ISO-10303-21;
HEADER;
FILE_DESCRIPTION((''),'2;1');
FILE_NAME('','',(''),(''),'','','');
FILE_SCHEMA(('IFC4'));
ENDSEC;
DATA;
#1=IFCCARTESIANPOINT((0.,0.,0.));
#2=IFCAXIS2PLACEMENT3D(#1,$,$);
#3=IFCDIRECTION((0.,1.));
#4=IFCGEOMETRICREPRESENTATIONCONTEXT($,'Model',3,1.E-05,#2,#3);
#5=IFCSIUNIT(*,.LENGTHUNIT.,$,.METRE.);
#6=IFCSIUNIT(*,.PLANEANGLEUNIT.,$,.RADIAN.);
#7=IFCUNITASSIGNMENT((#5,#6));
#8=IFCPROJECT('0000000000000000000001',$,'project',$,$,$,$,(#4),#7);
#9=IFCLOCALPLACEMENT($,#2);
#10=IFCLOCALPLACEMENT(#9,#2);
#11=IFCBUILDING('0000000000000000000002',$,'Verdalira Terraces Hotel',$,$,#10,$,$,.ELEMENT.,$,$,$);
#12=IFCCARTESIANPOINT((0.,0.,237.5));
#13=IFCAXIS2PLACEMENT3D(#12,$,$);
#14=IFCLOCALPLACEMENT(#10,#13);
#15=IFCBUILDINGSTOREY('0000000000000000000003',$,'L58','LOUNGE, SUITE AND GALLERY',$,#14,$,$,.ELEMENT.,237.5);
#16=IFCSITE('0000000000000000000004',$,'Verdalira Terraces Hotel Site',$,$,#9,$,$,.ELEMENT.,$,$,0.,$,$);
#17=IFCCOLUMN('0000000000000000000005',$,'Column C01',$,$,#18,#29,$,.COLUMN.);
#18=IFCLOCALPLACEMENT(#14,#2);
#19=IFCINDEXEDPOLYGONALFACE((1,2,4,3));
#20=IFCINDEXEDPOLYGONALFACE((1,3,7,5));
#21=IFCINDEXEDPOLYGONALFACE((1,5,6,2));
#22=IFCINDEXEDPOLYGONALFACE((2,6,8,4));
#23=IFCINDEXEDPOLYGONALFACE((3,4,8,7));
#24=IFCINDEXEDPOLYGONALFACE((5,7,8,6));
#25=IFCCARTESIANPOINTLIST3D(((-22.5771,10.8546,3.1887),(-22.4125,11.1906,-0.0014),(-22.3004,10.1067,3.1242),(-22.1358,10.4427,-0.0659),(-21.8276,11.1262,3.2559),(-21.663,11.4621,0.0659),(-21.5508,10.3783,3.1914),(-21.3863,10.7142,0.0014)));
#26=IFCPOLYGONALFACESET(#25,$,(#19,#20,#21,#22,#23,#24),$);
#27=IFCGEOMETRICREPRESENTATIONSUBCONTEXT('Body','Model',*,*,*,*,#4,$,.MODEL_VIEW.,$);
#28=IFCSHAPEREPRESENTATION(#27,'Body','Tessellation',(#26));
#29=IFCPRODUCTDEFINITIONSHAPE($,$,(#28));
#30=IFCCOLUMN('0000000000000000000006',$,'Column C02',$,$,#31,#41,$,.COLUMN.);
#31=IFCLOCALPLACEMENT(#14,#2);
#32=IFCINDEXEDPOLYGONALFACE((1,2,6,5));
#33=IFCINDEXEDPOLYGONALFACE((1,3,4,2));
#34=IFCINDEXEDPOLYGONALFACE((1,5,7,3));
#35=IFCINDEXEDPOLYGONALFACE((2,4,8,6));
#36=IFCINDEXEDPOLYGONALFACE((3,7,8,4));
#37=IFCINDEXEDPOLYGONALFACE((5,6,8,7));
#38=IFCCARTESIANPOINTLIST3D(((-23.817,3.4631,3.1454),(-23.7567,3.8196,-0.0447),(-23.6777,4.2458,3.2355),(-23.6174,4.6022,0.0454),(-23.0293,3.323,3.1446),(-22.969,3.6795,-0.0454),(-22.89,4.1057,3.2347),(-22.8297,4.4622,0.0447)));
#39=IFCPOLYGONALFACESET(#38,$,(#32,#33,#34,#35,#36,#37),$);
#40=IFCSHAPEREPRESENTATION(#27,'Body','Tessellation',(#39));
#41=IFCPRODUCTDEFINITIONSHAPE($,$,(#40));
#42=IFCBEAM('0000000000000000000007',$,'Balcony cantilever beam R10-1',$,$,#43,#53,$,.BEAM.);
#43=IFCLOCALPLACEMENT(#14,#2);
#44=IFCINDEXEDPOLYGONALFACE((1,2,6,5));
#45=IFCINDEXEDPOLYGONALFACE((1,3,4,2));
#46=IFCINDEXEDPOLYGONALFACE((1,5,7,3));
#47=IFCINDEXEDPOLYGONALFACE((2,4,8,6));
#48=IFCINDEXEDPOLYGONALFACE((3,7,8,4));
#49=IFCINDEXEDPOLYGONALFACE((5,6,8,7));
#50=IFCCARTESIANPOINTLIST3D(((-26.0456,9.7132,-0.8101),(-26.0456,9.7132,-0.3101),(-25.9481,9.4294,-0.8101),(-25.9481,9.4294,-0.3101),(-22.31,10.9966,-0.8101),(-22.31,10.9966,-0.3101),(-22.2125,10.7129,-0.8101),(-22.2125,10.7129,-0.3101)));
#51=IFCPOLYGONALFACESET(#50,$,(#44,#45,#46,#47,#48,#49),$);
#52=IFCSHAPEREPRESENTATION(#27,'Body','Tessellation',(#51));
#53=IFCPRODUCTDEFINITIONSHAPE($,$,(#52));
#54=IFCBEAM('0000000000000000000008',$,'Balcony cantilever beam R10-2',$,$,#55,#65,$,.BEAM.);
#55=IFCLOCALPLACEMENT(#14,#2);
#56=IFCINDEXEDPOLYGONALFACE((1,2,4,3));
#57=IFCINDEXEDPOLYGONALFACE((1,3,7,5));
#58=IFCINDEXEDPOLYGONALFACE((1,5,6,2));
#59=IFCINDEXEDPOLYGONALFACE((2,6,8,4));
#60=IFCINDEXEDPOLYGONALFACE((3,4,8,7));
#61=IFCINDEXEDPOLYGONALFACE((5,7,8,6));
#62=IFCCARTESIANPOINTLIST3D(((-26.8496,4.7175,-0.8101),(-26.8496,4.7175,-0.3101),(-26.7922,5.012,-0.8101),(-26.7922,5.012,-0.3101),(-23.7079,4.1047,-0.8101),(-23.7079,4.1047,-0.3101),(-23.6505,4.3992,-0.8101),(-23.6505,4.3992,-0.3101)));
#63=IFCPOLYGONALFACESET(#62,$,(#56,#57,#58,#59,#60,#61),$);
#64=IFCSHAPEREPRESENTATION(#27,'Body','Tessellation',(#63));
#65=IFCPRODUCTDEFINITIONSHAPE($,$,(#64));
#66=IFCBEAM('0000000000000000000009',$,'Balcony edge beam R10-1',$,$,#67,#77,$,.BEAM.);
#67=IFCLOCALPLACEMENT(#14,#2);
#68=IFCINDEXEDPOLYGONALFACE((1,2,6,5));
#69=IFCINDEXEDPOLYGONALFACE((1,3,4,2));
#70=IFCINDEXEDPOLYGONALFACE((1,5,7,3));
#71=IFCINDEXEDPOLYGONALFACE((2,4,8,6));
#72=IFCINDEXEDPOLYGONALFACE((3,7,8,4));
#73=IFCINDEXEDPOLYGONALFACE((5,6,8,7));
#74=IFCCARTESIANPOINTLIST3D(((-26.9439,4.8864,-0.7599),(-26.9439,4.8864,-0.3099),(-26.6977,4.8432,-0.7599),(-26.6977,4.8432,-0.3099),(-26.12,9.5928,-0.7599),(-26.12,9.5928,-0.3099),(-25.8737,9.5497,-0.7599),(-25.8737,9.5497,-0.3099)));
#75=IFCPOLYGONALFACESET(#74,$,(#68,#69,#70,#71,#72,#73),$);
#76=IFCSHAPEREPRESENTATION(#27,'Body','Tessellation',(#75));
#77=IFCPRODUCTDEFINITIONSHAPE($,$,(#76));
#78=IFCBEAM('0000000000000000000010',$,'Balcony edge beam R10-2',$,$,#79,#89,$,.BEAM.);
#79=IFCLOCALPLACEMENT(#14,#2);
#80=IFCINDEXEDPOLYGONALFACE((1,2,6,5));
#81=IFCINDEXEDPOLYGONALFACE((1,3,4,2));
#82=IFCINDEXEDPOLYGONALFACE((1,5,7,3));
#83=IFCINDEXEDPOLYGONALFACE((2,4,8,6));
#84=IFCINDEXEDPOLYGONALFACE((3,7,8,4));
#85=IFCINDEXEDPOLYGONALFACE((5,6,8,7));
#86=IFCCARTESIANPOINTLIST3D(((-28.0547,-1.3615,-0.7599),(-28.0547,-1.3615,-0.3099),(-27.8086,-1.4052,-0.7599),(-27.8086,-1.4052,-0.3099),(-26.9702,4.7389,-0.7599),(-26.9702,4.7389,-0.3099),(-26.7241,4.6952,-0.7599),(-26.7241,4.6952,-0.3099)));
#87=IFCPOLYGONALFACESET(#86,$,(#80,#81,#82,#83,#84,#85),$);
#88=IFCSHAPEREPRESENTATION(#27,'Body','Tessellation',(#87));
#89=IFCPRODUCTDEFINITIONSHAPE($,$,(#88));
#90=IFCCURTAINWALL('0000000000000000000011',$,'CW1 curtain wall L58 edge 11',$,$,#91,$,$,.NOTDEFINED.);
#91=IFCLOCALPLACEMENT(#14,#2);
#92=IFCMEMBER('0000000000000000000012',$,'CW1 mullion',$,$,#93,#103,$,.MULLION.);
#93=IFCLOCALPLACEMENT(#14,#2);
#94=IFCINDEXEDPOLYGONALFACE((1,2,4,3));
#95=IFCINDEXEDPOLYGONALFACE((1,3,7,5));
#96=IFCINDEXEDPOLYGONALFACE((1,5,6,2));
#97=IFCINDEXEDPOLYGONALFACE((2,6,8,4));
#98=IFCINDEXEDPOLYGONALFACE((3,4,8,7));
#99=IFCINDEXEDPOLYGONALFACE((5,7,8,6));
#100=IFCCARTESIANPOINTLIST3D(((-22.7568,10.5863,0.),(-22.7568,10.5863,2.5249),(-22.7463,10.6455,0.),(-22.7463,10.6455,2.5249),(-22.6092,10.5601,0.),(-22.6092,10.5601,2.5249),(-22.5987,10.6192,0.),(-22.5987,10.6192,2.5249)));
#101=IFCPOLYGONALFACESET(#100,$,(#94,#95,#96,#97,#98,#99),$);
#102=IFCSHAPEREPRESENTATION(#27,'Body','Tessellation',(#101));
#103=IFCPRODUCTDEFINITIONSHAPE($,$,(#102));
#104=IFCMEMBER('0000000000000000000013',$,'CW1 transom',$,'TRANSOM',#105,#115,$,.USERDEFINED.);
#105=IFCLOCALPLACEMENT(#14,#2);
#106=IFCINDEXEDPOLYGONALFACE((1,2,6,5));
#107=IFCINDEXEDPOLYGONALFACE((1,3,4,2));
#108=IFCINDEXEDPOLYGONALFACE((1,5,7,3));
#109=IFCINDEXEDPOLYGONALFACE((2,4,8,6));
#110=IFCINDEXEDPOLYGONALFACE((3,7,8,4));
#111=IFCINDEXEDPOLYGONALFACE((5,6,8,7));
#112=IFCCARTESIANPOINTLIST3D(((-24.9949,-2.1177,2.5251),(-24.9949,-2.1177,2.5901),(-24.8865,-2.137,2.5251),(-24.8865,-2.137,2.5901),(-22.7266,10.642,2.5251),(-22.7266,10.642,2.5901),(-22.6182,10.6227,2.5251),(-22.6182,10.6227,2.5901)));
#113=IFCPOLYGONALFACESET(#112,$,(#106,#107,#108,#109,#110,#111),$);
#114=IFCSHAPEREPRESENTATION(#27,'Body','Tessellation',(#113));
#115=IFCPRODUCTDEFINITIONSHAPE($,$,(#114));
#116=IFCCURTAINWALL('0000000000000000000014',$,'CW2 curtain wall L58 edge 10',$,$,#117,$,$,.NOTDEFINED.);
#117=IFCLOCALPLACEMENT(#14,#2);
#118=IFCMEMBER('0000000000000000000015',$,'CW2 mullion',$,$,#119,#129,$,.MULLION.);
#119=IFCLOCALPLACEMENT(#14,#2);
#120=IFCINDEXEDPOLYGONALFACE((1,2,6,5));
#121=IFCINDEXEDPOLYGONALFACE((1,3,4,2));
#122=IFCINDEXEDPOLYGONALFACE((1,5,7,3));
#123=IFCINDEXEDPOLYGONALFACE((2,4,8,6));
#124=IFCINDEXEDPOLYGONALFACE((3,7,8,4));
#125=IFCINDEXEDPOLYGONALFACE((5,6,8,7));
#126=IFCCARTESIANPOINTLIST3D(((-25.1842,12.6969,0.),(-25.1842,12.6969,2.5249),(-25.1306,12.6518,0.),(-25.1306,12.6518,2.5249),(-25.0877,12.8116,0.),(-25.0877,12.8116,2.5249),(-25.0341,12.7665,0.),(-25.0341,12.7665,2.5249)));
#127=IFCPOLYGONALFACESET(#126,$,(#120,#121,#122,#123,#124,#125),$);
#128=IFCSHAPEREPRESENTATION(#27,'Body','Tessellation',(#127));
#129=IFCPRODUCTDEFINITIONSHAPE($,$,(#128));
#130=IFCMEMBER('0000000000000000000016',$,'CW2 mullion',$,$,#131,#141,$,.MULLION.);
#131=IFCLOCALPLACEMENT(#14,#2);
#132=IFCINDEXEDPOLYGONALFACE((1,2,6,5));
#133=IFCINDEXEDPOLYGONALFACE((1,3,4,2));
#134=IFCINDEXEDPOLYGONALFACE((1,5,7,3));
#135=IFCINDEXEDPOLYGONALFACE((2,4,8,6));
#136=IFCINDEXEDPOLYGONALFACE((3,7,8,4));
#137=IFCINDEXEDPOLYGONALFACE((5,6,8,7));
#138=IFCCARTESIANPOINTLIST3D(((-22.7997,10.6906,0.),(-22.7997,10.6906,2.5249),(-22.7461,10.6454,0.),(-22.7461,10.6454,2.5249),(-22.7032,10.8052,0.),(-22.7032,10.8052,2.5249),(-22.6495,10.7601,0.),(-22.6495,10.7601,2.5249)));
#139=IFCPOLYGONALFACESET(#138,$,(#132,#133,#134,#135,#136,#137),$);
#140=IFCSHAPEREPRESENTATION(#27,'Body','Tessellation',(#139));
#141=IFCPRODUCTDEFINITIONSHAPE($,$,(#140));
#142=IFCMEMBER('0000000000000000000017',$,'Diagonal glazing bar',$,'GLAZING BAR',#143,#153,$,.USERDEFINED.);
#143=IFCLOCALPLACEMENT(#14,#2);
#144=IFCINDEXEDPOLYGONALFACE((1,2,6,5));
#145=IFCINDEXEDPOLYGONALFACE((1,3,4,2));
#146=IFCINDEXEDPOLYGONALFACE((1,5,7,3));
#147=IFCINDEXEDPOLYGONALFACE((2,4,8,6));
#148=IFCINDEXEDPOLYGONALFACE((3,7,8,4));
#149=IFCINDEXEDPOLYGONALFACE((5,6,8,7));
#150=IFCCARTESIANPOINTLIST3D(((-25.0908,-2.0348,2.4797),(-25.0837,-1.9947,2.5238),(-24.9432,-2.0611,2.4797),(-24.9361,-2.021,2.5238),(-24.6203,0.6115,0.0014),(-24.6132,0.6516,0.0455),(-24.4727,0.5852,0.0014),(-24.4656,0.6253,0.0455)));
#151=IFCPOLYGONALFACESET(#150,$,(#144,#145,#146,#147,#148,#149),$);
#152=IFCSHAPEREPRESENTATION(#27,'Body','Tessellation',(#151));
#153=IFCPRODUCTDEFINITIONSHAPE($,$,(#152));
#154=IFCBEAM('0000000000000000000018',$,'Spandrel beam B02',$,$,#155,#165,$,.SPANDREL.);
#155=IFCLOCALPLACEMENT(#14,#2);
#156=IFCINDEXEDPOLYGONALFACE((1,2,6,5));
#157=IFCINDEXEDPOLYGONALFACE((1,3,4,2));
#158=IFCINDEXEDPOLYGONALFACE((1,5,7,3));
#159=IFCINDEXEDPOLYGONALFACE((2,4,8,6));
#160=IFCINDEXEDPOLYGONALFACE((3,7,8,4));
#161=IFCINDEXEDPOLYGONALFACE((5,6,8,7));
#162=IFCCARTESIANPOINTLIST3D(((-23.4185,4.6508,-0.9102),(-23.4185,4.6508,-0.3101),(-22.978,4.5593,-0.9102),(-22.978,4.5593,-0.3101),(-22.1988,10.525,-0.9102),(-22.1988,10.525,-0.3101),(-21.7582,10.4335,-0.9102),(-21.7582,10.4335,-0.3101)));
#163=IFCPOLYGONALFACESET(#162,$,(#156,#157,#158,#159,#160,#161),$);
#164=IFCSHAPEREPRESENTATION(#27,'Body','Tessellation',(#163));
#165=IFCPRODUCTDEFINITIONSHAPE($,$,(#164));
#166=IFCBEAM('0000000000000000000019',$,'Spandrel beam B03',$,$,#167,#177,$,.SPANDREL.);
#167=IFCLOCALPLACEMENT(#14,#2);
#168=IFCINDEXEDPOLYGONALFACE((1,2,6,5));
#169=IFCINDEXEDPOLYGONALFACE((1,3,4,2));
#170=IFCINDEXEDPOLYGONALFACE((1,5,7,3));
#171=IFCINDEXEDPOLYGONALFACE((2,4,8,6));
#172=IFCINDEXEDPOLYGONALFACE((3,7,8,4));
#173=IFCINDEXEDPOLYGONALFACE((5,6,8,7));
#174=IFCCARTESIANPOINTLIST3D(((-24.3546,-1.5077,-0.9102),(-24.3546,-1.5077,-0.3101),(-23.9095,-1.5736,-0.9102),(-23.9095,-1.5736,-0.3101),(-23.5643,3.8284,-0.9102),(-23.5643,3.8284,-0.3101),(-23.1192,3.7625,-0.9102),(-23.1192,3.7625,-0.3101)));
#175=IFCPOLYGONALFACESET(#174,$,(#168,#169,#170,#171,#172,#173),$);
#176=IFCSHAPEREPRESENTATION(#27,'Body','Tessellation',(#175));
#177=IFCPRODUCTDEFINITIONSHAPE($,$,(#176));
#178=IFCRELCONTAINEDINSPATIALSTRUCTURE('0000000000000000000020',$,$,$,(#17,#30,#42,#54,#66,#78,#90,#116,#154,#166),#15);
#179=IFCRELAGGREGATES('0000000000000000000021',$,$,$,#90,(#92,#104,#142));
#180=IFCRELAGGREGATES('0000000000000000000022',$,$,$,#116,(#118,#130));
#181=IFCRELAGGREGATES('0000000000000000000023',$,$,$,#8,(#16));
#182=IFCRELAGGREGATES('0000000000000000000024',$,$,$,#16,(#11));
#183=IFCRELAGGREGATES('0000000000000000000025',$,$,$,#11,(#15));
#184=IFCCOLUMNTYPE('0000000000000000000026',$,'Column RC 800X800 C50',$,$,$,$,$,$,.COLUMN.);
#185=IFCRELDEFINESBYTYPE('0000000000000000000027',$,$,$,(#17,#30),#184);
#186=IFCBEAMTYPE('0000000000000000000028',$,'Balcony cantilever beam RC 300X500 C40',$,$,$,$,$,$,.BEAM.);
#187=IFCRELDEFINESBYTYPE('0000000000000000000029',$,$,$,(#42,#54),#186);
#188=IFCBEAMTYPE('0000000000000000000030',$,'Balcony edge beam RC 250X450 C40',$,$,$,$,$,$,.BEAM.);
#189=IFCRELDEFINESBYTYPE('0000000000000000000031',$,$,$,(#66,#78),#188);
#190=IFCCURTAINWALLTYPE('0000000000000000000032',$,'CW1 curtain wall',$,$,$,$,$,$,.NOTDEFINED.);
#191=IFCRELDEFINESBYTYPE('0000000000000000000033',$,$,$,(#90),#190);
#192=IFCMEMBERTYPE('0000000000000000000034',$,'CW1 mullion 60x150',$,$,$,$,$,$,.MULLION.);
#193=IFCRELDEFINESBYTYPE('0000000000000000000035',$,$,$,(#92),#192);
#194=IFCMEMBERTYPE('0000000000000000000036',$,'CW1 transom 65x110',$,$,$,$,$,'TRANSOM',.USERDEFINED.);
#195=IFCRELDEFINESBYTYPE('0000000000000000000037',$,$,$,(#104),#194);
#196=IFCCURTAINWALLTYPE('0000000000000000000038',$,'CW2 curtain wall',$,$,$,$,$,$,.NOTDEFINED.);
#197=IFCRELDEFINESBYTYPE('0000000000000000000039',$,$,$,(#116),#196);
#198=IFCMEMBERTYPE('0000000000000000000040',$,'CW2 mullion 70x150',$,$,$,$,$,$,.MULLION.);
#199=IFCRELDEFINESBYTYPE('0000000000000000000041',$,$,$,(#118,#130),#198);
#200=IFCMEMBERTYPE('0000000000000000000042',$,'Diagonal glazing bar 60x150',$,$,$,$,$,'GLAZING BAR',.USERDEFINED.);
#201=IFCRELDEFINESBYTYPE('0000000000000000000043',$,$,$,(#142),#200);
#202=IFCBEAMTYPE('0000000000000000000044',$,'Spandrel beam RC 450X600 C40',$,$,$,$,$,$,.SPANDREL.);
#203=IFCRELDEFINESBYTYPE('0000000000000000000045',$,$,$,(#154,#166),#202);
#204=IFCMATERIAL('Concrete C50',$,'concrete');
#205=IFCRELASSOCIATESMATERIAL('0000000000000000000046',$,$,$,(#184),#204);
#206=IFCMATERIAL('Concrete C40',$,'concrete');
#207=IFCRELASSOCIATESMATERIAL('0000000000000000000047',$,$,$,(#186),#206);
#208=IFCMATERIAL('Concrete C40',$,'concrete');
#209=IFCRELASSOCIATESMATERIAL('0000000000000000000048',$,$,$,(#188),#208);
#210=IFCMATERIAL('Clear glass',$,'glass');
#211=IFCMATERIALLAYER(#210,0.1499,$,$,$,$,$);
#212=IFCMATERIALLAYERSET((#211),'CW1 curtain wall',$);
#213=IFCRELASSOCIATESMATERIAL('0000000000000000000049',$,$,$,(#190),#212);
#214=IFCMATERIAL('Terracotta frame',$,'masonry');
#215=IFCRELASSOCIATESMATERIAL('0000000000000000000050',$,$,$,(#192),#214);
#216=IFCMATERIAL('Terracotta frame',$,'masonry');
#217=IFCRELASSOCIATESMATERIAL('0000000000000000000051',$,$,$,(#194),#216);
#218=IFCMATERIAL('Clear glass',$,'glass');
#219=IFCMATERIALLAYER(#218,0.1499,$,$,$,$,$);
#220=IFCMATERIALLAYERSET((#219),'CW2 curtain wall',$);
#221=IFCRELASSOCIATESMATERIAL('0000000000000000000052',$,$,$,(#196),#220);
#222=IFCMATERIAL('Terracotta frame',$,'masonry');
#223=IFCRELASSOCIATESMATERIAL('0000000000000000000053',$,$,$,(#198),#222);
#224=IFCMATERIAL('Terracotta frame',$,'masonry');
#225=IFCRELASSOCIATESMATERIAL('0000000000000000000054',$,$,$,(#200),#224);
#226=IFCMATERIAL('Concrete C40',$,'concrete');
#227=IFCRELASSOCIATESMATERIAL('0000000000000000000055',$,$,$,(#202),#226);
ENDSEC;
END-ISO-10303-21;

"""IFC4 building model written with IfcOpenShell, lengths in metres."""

from ifc_helpers import new_model, si_unit, direction, frame, origin, origin_2d, place, context, subcontext, project, spatial, rectangle, extrude, material, layer, layer_set, material_profile, profile_set, type_object, element, aggregate, save


model = new_model("IFC4")

# Units and contexts
model_context = context("Model", 3, precision=1e-05, world=origin(), true_north=direction((0.0, 1.0)))
body_context = subcontext(model_context, "Body", "Model", "MODEL_VIEW")
ifc_project = project(units=[si_unit("LENGTHUNIT", "METRE"), si_unit("PLANEANGLEUNIT", "RADIAN")], contexts=[model_context])

# Site, building, storey
site_placement = place(None, origin())
site = spatial("IfcSite", under=ifc_project, at=site_placement, Name="Verdalira Terraces Hotel Site", CompositionType="ELEMENT", RefElevation=0.0)
building_placement = place(site_placement, origin())
building = spatial("IfcBuilding", under=site, at=building_placement, Name="Verdalira Terraces Hotel", CompositionType="ELEMENT")
storey_placement = place(building_placement, frame((0.0, 0.0, 237.5)))
storey = spatial("IfcBuildingStorey", under=building, at=storey_placement, Name="L58", Description="LOUNGE, SUITE AND GALLERY", CompositionType="ELEMENT", Elevation=237.5)

# Columns
ifc_material_1 = material(Name="Concrete C50", Category="concrete")
ifc_material_profile_1 = material_profile(ifc_material_1, rectangle(XDim=0.8, YDim=0.8, at=origin_2d()), Name="RC 800X800")
ifc_profile_set_1 = profile_set([ifc_material_profile_1], Name="Concrete C50")
column_type = type_object("IfcColumnType", Name="Column RC 800X800 C50", PredefinedType="COLUMN", material=ifc_profile_set_1)
column_1_placement = place(storey_placement, frame((-21.8994, 10.9524, 0.0), z_axis=(-0.051233, -0.104595, 0.993194), x_axis=(-0.345878, 0.934811, 0.080605)))
element("IfcColumn", 1, at=column_1_placement, inside=storey, type_object=column_type, Name="Column C01", PredefinedType="COLUMN", context=body_context, shape_type="SweptSolid", body=[
    extrude(rectangle(XDim=0.8, YDim=0.8, at=origin_2d()), origin(), (0.0, 0.0, 1.0), 3.2119),
])
column_2_placement = place(storey_placement, frame((-23.2932, 4.1409, 0.0), z_axis=(-0.018784, -0.11103, 0.99364), x_axis=(-0.174054, -0.978277, -0.112603)))
element("IfcColumn", 2, at=column_2_placement, inside=storey, type_object=column_type, Name="Column C02", PredefinedType="COLUMN", context=body_context, shape_type="SweptSolid", body=[
    extrude(rectangle(XDim=0.8, YDim=0.8, at=origin_2d()), origin(), (0.0, 0.0, 1.0), 3.2104),
])

# Beams
ifc_material_2 = material(Name="Concrete C40", Category="concrete")
ifc_material_profile_2 = material_profile(ifc_material_2, rectangle(XDim=0.3, YDim=0.5, at=origin_2d()), Name="RC 300X500")
ifc_profile_set_2 = profile_set([ifc_material_profile_2], Name="Concrete C40")
beam_type_1 = type_object("IfcBeamType", Name="Balcony cantilever beam RC 300X500 C40", PredefinedType="BEAM", material=ifc_profile_set_2)
beam_1_placement = place(storey_placement, frame((-22.2612, 10.8547, -0.5601), z_axis=(-0.945738, -0.324929, 0.0), x_axis=(0.324929, -0.945738, 0.0)))
element("IfcBeam", 3, at=beam_1_placement, inside=storey, type_object=beam_type_1, Name="Balcony cantilever beam R10-1", PredefinedType="BEAM", context=body_context, shape_type="SweptSolid", body=[
    extrude(rectangle(XDim=0.3, YDim=0.5, at=origin_2d()), origin(), (0.0, 0.0, 1.0), 3.95),
])
beam_2_placement = place(storey_placement, frame((-23.6792, 4.252, -0.5601), z_axis=(-0.981502, 0.191449, 0.0), x_axis=(-0.191449, -0.981502, 0.0)))
element("IfcBeam", 4, at=beam_2_placement, inside=storey, type_object=beam_type_1, Name="Balcony cantilever beam R10-2", PredefinedType="BEAM", context=body_context, shape_type="SweptSolid", body=[
    extrude(rectangle(XDim=0.3, YDim=0.5, at=origin_2d()), origin(), (0.0, 0.0, 1.0), 3.2009),
])
ifc_material_3 = material(Name="Concrete C40", Category="concrete")
ifc_material_profile_3 = material_profile(ifc_material_3, rectangle(XDim=0.25, YDim=0.45, at=origin_2d()), Name="RC 250X450")
ifc_profile_set_3 = profile_set([ifc_material_profile_3], Name="Concrete C40")
beam_type_2 = type_object("IfcBeamType", Name="Balcony edge beam RC 250X450 C40", PredefinedType="BEAM", material=ifc_profile_set_3)
beam_3_placement = place(storey_placement, frame((-25.9968, 9.5713, -0.5349), z_axis=(-0.172447, -0.985019, 0.0), x_axis=(0.985019, -0.172447, 0.0)))
element("IfcBeam", 5, at=beam_3_placement, inside=storey, type_object=beam_type_2, Name="Balcony edge beam R10-1", PredefinedType="BEAM", context=body_context, shape_type="SweptSolid", body=[
    extrude(rectangle(XDim=0.25, YDim=0.45, at=origin_2d()), origin(), (0.0, 0.0, 1.0), 4.7781),
])
beam_4_placement = place(storey_placement, frame((-26.8472, 4.717, -0.5349), z_axis=(-0.175028, -0.984563, 0.0), x_axis=(0.984563, -0.175028, 0.0)))
element("IfcBeam", 6, at=beam_4_placement, inside=storey, type_object=beam_type_2, Name="Balcony edge beam R10-2", PredefinedType="BEAM", context=body_context, shape_type="SweptSolid", body=[
    extrude(rectangle(XDim=0.25, YDim=0.45, at=origin_2d()), origin(), (0.0, 0.0, 1.0), 6.196),
])

# Curtain walls, members
ifc_material_4 = material(Name="Clear glass", Category="glass")
ifc_layer_1 = layer(ifc_material_4, 0.1499)
ifc_layer_set_1 = layer_set([ifc_layer_1], Name="CW1 curtain wall")
curtain_wall_type_1 = type_object("IfcCurtainWallType", Name="CW1 curtain wall", PredefinedType="NOTDEFINED", material=ifc_layer_set_1)
curtain_wall_1_placement = place(storey_placement, origin())
curtain_wall_1 = element("IfcCurtainWall", 7, at=curtain_wall_1_placement, inside=storey, type_object=curtain_wall_type_1, Name="CW1 curtain wall L58 edge 11", PredefinedType="NOTDEFINED")
ifc_material_5 = material(Name="Terracotta frame", Category="masonry")
ifc_material_profile_4 = material_profile(ifc_material_5, rectangle(XDim=0.0601, YDim=0.1499, at=origin_2d()), Name="MU 60x150")
ifc_profile_set_4 = profile_set([ifc_material_profile_4], Name="Terracotta frame")
member_type_1 = type_object("IfcMemberType", Name="CW1 mullion 60x150", PredefinedType="MULLION", material=ifc_profile_set_4)
member_1_placement = place(storey_placement, frame((-22.6777, 10.6028, 0.0), z_axis=(0.0, 0.0, 1.0), x_axis=(-0.175023, -0.984564, 0.0)))
member_1 = element("IfcMember", 8, at=member_1_placement, type_object=member_type_1, Name="CW1 mullion", PredefinedType="MULLION", context=body_context, shape_type="SweptSolid", body=[
    extrude(rectangle(XDim=0.0601, YDim=0.1499, at=origin_2d()), origin(), (0.0, 0.0, 1.0), 2.5249),
])
ifc_material_6 = material(Name="Terracotta frame", Category="masonry")
ifc_material_profile_5 = material_profile(ifc_material_6, rectangle(XDim=0.1101, YDim=0.0649, at=origin_2d()), Name="TR 65x110")
ifc_profile_set_5 = profile_set([ifc_material_profile_5], Name="Terracotta frame")
member_type_2 = type_object("IfcMemberType", Name="CW1 transom 65x110", ElementType="TRANSOM", PredefinedType="USERDEFINED", material=ifc_profile_set_5)
member_2_placement = place(storey_placement, frame((-22.6724, 10.6323, 2.5576), z_axis=(-0.175026, -0.984564, 0.0), x_axis=(0.984564, -0.175026, 0.0)))
member_2 = element("IfcMember", 9, at=member_2_placement, type_object=member_type_2, Name="CW1 transom", ObjectType="TRANSOM", PredefinedType="USERDEFINED", context=body_context, shape_type="SweptSolid", body=[
    extrude(rectangle(XDim=0.1101, YDim=0.0649, at=origin_2d()), origin(), (0.0, 0.0, 1.0), 12.9597),
])
ifc_material_7 = material(Name="Clear glass", Category="glass")
ifc_layer_2 = layer(ifc_material_7, 0.1499)
ifc_layer_set_2 = layer_set([ifc_layer_2], Name="CW2 curtain wall")
curtain_wall_type_2 = type_object("IfcCurtainWallType", Name="CW2 curtain wall", PredefinedType="NOTDEFINED", material=ifc_layer_set_2)
curtain_wall_2_placement = place(storey_placement, origin())
curtain_wall_2 = element("IfcCurtainWall", 10, at=curtain_wall_2_placement, inside=storey, type_object=curtain_wall_type_2, Name="CW2 curtain wall L58 edge 10", PredefinedType="NOTDEFINED")
ifc_material_8 = material(Name="Terracotta frame", Category="masonry")
ifc_material_profile_6 = material_profile(ifc_material_8, rectangle(XDim=0.0701, YDim=0.1499, at=origin_2d()), Name="MU 70x150")
ifc_profile_set_6 = profile_set([ifc_material_profile_6], Name="Terracotta frame")
member_type_3 = type_object("IfcMemberType", Name="CW2 mullion 70x150", PredefinedType="MULLION", material=ifc_profile_set_6)
member_3_placement = place(storey_placement, frame((-25.1091, 12.7317, 0.0), z_axis=(0.0, 0.0, 1.0), x_axis=(0.765146, -0.643857, 0.0)))
member_3 = element("IfcMember", 11, at=member_3_placement, type_object=member_type_3, Name="CW2 mullion", PredefinedType="MULLION", context=body_context, shape_type="SweptSolid", body=[
    extrude(rectangle(XDim=0.0701, YDim=0.1499, at=origin_2d()), origin(), (0.0, 0.0, 1.0), 2.5249),
])
member_4_placement = place(storey_placement, frame((-22.7246, 10.7253, 0.0), z_axis=(0.0, 0.0, 1.0), x_axis=(0.765146, -0.643857, 0.0)))
member_4 = element("IfcMember", 12, at=member_4_placement, type_object=member_type_3, Name="CW2 mullion", PredefinedType="MULLION", context=body_context, shape_type="SweptSolid", body=[
    extrude(rectangle(XDim=0.0701, YDim=0.1499, at=origin_2d()), origin(), (0.0, 0.0, 1.0), 2.5249),
])

# Member
ifc_material_9 = material(Name="Terracotta frame", Category="masonry")
ifc_material_profile_7 = material_profile(ifc_material_9, rectangle(XDim=0.1499, YDim=0.0601, at=origin_2d()), Name="GB 60x150")
ifc_profile_set_7 = profile_set([ifc_material_profile_7], Name="Terracotta frame")
member_type_4 = type_object("IfcMemberType", Name="Diagonal glazing bar 60x150", ElementType="GLAZING BAR", PredefinedType="USERDEFINED", material=ifc_profile_set_7)
member_5_placement = place(storey_placement, frame((-24.543, 0.6184, 0.0234), z_axis=(-0.128684, -0.723823, 0.677879), x_axis=(0.984561, -0.175039, 0.0)))
member_5 = element("IfcMember", 13, at=member_5_placement, type_object=member_type_4, Name="Diagonal glazing bar", ObjectType="GLAZING BAR", PredefinedType="USERDEFINED", context=body_context, shape_type="SweptSolid", body=[
    extrude(rectangle(XDim=0.1499, YDim=0.0601, at=origin_2d()), origin(), (0.0, 0.0, 1.0), 3.656),
])

# Beams
ifc_material_10 = material(Name="Concrete C40", Category="concrete")
ifc_material_profile_8 = material_profile(ifc_material_10, rectangle(XDim=0.45, YDim=0.6001, at=origin_2d()), Name="RC 450X600")
ifc_profile_set_8 = profile_set([ifc_material_profile_8], Name="Concrete C40")
beam_type_3 = type_object("IfcBeamType", Name="Spandrel beam RC 450X600 C40", PredefinedType="SPANDREL", material=ifc_profile_set_8)
beam_5_placement = place(storey_placement, frame((-21.9785, 10.4792, -0.6101), z_axis=(-0.203303, -0.979116, 0.0), x_axis=(0.979116, -0.203303, 0.0)))
element("IfcBeam", 14, at=beam_5_placement, inside=storey, type_object=beam_type_3, Name="Spandrel beam B02", PredefinedType="SPANDREL", context=body_context, shape_type="SweptSolid", body=[
    extrude(rectangle(XDim=0.45, YDim=0.6001, at=origin_2d()), origin(), (0.0, 0.0, 1.0), 5.9995),
])
beam_6_placement = place(storey_placement, frame((-23.3418, 3.7954, -0.6101), z_axis=(-0.146501, -0.989211, 0.0), x_axis=(0.989211, -0.146501, 0.0)))
element("IfcBeam", 15, at=beam_6_placement, inside=storey, type_object=beam_type_3, Name="Spandrel beam B03", PredefinedType="SPANDREL", context=body_context, shape_type="SweptSolid", body=[
    extrude(rectangle(XDim=0.45, YDim=0.6001, at=origin_2d()), origin(), (0.0, 0.0, 1.0), 5.3943),
])

aggregate(curtain_wall_1, [member_1, member_2, member_5])
aggregate(curtain_wall_2, [member_3, member_4])

save(model, "model.ifc")
